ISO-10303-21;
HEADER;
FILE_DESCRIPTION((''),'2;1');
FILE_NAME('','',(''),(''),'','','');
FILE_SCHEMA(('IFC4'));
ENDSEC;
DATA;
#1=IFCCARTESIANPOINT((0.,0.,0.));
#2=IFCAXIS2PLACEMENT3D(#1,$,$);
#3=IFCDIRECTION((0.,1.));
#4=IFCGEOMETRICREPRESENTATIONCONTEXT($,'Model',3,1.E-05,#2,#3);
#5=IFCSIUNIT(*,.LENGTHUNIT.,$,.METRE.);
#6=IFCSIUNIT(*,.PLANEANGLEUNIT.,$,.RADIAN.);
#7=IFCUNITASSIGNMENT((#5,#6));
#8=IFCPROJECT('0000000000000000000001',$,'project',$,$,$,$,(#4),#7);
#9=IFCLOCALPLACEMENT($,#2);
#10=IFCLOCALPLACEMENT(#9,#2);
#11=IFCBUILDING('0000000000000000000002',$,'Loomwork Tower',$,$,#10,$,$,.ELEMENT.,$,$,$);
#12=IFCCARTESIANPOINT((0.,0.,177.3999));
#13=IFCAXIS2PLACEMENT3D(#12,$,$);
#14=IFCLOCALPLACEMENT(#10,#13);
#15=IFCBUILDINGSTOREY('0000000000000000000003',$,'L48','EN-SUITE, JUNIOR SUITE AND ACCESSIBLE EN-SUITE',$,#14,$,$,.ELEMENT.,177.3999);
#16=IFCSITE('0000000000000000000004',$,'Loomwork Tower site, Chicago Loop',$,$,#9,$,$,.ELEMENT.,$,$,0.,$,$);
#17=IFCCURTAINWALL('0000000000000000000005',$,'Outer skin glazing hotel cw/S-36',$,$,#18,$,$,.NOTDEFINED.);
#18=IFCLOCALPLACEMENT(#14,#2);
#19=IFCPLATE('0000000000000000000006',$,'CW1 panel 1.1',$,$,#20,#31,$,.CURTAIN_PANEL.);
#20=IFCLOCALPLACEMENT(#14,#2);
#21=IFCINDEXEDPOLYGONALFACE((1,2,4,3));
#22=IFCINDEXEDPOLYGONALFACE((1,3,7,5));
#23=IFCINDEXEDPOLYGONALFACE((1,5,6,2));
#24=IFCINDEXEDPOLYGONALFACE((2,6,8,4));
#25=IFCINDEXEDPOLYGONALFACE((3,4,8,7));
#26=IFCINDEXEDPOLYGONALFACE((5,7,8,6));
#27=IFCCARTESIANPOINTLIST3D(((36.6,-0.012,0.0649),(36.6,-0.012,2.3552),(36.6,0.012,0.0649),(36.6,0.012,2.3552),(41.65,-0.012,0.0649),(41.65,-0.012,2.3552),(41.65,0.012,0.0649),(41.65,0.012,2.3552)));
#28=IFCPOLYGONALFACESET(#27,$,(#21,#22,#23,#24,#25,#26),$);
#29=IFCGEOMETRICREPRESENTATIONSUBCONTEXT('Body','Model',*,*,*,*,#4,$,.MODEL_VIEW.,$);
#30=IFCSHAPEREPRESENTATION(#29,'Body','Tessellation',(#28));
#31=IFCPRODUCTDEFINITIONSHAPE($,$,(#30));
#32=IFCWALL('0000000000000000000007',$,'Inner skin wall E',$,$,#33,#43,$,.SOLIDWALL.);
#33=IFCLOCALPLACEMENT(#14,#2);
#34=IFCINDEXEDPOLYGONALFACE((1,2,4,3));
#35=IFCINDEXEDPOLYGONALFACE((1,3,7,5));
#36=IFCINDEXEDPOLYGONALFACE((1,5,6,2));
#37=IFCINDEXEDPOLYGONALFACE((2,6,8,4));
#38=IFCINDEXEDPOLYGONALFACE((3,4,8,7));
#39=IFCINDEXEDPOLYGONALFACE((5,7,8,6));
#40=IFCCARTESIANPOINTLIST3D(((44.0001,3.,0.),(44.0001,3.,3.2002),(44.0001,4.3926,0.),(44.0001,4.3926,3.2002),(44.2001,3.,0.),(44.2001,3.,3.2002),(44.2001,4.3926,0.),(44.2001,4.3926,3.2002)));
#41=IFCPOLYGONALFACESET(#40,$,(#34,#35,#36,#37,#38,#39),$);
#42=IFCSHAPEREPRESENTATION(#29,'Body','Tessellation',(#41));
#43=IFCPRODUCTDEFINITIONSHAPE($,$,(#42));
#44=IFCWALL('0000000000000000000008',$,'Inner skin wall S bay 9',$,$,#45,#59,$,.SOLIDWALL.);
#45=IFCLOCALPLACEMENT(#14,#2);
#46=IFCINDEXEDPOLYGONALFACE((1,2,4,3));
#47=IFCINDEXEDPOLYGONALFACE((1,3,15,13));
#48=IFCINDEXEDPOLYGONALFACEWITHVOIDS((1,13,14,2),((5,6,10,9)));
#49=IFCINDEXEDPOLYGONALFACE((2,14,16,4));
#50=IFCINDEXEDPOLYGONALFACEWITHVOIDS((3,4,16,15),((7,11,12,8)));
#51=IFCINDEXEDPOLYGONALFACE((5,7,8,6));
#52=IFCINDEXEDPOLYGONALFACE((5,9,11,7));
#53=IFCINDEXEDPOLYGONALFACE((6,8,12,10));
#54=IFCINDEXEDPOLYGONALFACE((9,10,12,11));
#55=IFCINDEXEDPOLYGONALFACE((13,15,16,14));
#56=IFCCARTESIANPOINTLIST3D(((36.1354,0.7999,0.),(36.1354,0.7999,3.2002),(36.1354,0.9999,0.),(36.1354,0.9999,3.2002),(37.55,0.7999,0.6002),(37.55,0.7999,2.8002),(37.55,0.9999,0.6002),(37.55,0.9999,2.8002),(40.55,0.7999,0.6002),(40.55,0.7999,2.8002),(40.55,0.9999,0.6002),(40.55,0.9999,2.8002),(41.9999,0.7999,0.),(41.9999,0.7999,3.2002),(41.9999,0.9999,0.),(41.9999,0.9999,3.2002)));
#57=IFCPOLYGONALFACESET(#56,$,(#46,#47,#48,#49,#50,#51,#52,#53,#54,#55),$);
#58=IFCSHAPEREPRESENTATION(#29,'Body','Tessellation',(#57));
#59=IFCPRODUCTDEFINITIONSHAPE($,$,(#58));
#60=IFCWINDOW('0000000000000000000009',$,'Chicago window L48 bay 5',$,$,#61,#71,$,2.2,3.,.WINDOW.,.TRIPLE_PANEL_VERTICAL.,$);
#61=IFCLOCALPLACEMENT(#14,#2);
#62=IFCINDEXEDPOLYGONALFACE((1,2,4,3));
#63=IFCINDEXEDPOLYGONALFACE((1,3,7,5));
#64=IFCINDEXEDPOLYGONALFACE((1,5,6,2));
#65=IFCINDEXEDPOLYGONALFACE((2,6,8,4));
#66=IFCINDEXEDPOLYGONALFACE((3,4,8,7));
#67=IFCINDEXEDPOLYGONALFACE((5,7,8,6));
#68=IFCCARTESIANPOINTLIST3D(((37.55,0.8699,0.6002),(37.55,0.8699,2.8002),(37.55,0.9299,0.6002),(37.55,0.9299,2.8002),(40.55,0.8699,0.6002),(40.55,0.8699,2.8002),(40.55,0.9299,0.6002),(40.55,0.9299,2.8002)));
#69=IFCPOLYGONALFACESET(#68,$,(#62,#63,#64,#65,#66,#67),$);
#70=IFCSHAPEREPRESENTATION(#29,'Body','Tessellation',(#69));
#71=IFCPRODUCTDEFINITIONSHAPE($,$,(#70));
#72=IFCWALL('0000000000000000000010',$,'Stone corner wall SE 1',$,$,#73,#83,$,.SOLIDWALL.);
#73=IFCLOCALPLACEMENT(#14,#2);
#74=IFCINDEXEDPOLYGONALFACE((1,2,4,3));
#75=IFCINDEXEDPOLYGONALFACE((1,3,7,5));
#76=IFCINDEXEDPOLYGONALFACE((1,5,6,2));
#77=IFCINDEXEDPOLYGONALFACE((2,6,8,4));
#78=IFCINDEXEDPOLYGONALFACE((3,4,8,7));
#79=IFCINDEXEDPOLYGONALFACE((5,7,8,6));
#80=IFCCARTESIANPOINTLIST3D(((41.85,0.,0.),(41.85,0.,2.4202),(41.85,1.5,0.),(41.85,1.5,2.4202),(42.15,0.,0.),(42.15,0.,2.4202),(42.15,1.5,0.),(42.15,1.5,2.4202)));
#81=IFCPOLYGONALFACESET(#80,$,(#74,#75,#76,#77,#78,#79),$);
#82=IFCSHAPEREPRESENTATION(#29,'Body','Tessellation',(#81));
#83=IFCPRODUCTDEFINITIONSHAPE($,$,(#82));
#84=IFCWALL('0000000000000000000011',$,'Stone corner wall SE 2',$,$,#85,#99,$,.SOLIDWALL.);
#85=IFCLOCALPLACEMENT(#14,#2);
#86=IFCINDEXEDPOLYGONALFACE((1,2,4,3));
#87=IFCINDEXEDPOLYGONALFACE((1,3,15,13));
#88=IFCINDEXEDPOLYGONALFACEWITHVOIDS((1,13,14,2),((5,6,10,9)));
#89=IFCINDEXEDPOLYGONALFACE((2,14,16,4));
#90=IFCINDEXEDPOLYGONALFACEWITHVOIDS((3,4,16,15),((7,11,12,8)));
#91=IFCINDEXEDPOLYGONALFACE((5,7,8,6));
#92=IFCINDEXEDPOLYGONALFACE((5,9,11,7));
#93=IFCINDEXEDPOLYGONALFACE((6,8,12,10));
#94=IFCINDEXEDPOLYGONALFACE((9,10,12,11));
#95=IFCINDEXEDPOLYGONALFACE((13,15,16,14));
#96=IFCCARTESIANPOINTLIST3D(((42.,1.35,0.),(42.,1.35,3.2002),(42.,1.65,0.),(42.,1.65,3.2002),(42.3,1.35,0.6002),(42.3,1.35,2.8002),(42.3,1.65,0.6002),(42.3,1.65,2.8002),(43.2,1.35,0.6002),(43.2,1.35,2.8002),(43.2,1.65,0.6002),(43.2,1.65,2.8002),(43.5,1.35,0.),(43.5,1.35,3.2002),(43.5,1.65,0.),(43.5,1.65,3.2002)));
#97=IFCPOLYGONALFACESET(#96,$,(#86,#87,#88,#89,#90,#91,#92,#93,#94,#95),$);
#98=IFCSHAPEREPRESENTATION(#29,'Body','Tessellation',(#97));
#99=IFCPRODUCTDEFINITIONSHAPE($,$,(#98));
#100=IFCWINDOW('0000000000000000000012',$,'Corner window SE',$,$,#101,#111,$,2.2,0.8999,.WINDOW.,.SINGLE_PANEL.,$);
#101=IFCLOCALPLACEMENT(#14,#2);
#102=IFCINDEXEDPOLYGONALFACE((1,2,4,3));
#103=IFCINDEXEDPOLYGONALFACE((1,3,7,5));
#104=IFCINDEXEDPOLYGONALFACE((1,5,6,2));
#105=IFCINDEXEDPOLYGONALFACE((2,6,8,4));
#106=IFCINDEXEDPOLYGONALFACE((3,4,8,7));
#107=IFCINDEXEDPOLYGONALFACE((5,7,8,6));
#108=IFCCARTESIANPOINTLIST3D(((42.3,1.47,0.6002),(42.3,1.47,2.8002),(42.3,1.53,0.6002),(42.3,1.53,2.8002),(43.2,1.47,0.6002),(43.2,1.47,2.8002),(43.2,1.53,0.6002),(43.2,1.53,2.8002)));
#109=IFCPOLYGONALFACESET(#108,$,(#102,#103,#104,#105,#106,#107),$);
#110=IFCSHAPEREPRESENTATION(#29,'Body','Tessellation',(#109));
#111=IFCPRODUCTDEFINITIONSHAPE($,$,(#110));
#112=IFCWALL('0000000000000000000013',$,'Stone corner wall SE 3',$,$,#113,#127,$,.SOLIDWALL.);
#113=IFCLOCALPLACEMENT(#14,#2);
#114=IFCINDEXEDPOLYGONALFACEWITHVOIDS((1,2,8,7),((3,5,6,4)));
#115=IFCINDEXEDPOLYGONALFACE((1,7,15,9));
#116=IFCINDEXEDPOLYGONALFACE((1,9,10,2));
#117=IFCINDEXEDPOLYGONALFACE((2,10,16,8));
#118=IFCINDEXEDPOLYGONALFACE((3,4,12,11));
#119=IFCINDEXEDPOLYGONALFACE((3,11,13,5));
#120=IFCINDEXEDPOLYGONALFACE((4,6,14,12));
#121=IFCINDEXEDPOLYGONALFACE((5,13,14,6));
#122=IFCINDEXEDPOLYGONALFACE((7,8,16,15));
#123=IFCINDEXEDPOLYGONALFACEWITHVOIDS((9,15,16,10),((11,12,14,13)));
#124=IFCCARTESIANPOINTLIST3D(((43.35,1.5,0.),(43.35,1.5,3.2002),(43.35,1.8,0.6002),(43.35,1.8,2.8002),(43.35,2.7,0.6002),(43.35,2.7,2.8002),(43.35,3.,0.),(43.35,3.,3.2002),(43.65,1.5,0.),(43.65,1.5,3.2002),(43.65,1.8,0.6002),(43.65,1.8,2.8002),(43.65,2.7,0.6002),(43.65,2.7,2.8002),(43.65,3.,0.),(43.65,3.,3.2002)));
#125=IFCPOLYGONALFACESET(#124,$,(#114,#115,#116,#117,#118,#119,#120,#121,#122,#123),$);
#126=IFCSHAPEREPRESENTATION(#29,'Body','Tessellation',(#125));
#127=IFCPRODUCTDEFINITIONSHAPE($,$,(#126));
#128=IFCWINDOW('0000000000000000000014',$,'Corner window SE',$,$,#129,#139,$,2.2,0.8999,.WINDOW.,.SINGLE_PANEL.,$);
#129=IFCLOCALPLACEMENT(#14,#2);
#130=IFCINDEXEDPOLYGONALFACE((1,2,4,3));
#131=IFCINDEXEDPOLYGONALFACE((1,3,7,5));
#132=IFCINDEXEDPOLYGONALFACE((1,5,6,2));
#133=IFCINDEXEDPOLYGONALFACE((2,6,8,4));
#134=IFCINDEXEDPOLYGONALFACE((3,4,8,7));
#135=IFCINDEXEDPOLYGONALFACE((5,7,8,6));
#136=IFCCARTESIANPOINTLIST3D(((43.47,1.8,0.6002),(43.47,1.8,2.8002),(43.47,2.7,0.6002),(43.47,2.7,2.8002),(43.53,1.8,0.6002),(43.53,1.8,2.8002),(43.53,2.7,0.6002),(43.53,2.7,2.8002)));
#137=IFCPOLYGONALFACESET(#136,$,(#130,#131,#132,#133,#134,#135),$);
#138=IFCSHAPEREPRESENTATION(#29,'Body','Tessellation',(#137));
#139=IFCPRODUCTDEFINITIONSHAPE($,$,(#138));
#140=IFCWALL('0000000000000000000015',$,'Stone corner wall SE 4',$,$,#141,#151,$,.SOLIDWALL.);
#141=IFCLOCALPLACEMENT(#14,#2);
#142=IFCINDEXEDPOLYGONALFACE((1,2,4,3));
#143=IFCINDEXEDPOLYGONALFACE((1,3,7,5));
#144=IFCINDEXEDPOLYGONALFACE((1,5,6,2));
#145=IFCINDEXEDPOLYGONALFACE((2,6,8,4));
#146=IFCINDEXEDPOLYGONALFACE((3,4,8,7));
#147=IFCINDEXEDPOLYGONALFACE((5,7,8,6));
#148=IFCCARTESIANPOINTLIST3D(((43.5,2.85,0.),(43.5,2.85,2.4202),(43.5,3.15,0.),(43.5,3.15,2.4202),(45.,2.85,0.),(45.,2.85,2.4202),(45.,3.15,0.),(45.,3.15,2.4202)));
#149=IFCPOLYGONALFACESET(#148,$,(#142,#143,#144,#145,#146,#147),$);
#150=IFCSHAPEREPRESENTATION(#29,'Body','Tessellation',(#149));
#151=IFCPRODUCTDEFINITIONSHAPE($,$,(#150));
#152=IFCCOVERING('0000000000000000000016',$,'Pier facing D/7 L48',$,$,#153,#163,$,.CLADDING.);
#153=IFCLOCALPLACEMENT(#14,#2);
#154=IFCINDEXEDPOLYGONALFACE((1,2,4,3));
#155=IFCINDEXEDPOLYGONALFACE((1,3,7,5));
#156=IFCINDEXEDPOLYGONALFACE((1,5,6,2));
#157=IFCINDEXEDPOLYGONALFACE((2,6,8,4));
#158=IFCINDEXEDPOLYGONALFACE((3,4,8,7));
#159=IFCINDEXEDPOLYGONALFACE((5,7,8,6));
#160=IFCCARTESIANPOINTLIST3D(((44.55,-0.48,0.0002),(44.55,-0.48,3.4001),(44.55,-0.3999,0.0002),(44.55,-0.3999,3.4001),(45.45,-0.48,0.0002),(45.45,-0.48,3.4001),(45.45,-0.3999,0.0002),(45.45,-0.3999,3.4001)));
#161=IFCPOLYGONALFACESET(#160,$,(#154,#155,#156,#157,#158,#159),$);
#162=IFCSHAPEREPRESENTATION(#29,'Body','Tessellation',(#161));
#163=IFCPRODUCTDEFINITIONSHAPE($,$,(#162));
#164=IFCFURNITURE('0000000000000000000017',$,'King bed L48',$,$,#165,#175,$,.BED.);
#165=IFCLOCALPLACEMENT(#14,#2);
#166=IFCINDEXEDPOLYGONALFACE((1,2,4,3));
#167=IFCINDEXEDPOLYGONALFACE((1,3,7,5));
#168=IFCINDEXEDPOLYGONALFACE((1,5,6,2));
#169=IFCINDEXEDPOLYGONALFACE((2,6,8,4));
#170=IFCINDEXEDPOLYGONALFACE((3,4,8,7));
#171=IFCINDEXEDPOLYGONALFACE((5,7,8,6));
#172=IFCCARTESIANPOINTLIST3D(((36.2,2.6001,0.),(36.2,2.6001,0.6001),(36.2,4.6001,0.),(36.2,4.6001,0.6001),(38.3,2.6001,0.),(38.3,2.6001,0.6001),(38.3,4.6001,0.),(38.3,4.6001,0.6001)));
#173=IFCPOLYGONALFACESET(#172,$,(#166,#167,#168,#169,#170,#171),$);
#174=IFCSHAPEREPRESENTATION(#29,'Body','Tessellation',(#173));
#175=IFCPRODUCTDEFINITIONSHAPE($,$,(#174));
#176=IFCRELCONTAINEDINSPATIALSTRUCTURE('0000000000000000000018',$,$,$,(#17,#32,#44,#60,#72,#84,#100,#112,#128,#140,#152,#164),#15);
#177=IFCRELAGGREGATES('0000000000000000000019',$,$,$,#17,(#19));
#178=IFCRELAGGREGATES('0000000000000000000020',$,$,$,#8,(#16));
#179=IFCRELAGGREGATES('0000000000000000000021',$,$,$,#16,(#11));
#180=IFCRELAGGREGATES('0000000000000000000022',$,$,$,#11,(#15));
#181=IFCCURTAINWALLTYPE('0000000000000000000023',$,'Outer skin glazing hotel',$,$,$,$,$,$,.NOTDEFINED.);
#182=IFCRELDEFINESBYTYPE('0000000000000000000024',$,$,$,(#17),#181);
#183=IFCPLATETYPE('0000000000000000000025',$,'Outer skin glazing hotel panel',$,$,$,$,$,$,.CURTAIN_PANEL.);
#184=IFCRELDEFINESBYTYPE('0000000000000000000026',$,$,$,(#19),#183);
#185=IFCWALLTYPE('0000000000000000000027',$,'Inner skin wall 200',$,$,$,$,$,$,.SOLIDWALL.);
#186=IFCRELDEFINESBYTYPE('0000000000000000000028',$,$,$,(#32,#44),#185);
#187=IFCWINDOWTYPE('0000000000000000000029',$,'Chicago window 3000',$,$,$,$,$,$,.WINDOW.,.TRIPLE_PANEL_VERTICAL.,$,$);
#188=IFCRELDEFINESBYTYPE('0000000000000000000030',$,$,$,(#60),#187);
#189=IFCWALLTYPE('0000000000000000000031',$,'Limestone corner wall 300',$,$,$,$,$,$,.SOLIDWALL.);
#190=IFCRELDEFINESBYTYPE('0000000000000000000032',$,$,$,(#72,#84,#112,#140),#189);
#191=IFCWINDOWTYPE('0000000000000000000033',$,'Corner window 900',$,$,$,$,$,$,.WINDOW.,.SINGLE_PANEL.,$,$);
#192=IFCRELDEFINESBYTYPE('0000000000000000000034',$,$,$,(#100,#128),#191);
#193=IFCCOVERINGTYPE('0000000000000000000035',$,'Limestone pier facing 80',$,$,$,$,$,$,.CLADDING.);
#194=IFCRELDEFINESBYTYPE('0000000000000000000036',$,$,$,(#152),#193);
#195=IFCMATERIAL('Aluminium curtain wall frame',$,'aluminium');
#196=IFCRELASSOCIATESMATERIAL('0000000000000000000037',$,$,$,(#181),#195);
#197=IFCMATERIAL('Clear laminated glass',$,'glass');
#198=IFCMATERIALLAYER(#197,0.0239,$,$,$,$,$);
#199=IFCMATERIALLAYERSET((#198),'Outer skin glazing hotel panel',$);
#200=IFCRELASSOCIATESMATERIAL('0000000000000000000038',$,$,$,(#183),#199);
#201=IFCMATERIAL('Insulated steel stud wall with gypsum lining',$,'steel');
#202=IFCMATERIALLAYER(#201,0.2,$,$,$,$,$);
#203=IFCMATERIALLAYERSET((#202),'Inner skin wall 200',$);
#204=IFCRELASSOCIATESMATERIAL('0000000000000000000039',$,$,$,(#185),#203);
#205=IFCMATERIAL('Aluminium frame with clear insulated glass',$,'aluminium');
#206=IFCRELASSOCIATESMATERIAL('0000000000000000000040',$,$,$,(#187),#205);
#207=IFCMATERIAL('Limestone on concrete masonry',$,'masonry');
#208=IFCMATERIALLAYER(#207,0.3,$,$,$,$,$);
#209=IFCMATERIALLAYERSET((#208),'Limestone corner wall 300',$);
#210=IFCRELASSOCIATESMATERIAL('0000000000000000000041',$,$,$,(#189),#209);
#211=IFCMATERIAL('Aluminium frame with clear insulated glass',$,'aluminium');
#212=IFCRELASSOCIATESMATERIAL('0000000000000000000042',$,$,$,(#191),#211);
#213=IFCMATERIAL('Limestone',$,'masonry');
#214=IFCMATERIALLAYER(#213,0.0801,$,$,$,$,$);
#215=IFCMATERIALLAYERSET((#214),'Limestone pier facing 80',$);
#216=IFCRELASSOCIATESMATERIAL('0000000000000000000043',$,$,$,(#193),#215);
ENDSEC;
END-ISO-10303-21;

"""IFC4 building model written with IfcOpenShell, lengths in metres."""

from ifc_helpers import new_model, si_unit, direction, frame, frame_2d, origin, origin_2d, place, context, subcontext, project, spatial, rectangle, extrude, material, layer, layer_set, type_object, element, fill, aggregate, save


model = new_model("IFC4")

# Units and contexts
model_context = context("Model", 3, precision=1e-05, world=origin(), true_north=direction((0.0, 1.0)))
body_context = subcontext(model_context, "Body", "Model", "MODEL_VIEW")
ifc_project = project(units=[si_unit("LENGTHUNIT", "METRE"), si_unit("PLANEANGLEUNIT", "RADIAN")], contexts=[model_context])

# Site, building, storey
site_placement = place(None, origin())
site = spatial("IfcSite", under=ifc_project, at=site_placement, Name="Loomwork Tower site, Chicago Loop", CompositionType="ELEMENT", RefElevation=0.0)
building_placement = place(site_placement, origin())
building = spatial("IfcBuilding", under=site, at=building_placement, Name="Loomwork Tower", CompositionType="ELEMENT")
storey_placement = place(building_placement, frame((0.0, 0.0, 177.3999)))
storey = spatial("IfcBuildingStorey", under=building, at=storey_placement, Name="L48", Description="EN-SUITE, JUNIOR SUITE AND ACCESSIBLE EN-SUITE", CompositionType="ELEMENT", Elevation=177.3999)

# Curtain wall
ifc_material_1 = material(Name="Aluminium curtain wall frame", Category="aluminium")
curtain_wall_type = type_object("IfcCurtainWallType", Name="Outer skin glazing hotel", PredefinedType="NOTDEFINED", material=ifc_material_1)
curtain_wall_1_placement = place(storey_placement, origin())
curtain_wall_1 = element("IfcCurtainWall", 1, at=curtain_wall_1_placement, inside=storey, type_object=curtain_wall_type, Name="Outer skin glazing hotel cw/S-36", PredefinedType="NOTDEFINED")

# Plate
ifc_material_2 = material(Name="Clear laminated glass", Category="glass")
ifc_layer_1 = layer(ifc_material_2, 0.0239)
ifc_layer_set_1 = layer_set([ifc_layer_1], Name="Outer skin glazing hotel panel")
plate_type = type_object("IfcPlateType", Name="Outer skin glazing hotel panel", PredefinedType="CURTAIN_PANEL", material=ifc_layer_set_1)
plate_placement = place(storey_placement, frame((39.125, 0.0, 0.0649), z_axis=(0.0, 0.0, 1.0), x_axis=(1.0, 0.0, 0.0)))
plate = element("IfcPlate", 2, at=plate_placement, type_object=plate_type, Name="CW1 panel 1.1", PredefinedType="CURTAIN_PANEL", context=body_context, shape_type="SweptSolid", body=[
    extrude(rectangle(XDim=5.05, YDim=0.0239, at=origin_2d()), origin(), (0.0, 0.0, 1.0), 2.2903),
])
aggregate(curtain_wall_1, [plate])

# Wall
ifc_material_3 = material(Name="Insulated steel stud wall with gypsum lining", Category="steel")
ifc_layer_2 = layer(ifc_material_3, 0.2)
ifc_layer_set_2 = layer_set([ifc_layer_2], Name="Inner skin wall 200")
wall_type_1 = type_object("IfcWallType", Name="Inner skin wall 200", PredefinedType="SOLIDWALL", material=ifc_layer_set_2)
wall_1_placement = place(storey_placement, frame((44.1001, 3.0, 0.0), z_axis=(0.0, 0.0, 1.0), x_axis=(0.0, 1.0, 0.0)))
element("IfcWall", 3, at=wall_1_placement, inside=storey, type_object=wall_type_1, Name="Inner skin wall E", PredefinedType="SOLIDWALL", context=body_context, shape_type="SweptSolid", body=[
    extrude(rectangle(XDim=1.3926, YDim=0.2, at=frame_2d((0.6963, 0.0))), origin(), (0.0, 0.0, 1.0), 3.2002),
])

# Wall, opening, window
wall_2_placement = place(storey_placement, frame((36.1355, 0.8999, 0.0), z_axis=(0.0, 0.0, 1.0), x_axis=(1.0, 0.0, 0.0)))
wall_2 = element("IfcWall", 4, at=wall_2_placement, inside=storey, type_object=wall_type_1, Name="Inner skin wall S bay 9", PredefinedType="SOLIDWALL", context=body_context, shape_type="SweptSolid", body=[
    extrude(rectangle(XDim=5.8645, YDim=0.2, at=frame_2d((2.9321, 0.0))), origin(), (0.0, 0.0, 1.0), 3.2002),
])
opening_1_placement = place(wall_2_placement, frame((1.4146, 0.0, 0.6001)))
opening_1 = element("IfcOpeningElement", 5, at=opening_1_placement, cuts=wall_2, PredefinedType="OPENING", context=body_context, shape_type="SweptSolid", body=[
    extrude(rectangle(XDim=3.0, YDim=2.2, at=frame_2d((1.5, 1.1001))), frame((0.0, 0.1099, 0.0), z_axis=(0.0, -1.0, 0.0), x_axis=(1.0, 0.0, 0.0)), (0.0, 0.0, 1.0), 0.22),
])
ifc_material_4 = material(Name="Aluminium frame with clear insulated glass", Category="aluminium")
window_type_1 = type_object("IfcWindowType", Name="Chicago window 3000", PartitioningType="TRIPLE_PANEL_VERTICAL", PredefinedType="WINDOW", material=ifc_material_4)
window_1_placement = place(opening_1_placement, origin())
window_1 = element("IfcWindow", 6, at=window_1_placement, inside=storey, type_object=window_type_1, Name="Chicago window L48 bay 5", OverallHeight=2.2, OverallWidth=3.0, PartitioningType="TRIPLE_PANEL_VERTICAL", PredefinedType="WINDOW", context=body_context, shape_type="SweptSolid", body=[
    extrude(rectangle(XDim=3.0, YDim=2.2, at=frame_2d((1.5, 1.1001))), frame((0.0, 0.03, 0.0), z_axis=(0.0, -1.0, 0.0), x_axis=(1.0, 0.0, 0.0)), (0.0, 0.0, 1.0), 0.0601),
])
fill(opening_1, window_1)

# Wall
ifc_material_5 = material(Name="Limestone on concrete masonry", Category="masonry")
ifc_layer_3 = layer(ifc_material_5, 0.3)
ifc_layer_set_3 = layer_set([ifc_layer_3], Name="Limestone corner wall 300")
wall_type_2 = type_object("IfcWallType", Name="Limestone corner wall 300", PredefinedType="SOLIDWALL", material=ifc_layer_set_3)
wall_3_placement = place(storey_placement, frame((42.0, 0.0, 0.0), z_axis=(0.0, 0.0, 1.0), x_axis=(0.0, 1.0, 0.0)))
element("IfcWall", 7, at=wall_3_placement, inside=storey, type_object=wall_type_2, Name="Stone corner wall SE 1", PredefinedType="SOLIDWALL", context=body_context, shape_type="SweptSolid", body=[
    extrude(rectangle(XDim=1.5, YDim=0.3, at=frame_2d((0.75, 0.0))), origin(), (0.0, 0.0, 1.0), 2.4202),
])

# Walls, openings, windows
wall_4_placement = place(storey_placement, frame((42.0, 1.5, 0.0), z_axis=(0.0, 0.0, 1.0), x_axis=(1.0, 0.0, 0.0)))
wall_4 = element("IfcWall", 8, at=wall_4_placement, inside=storey, type_object=wall_type_2, Name="Stone corner wall SE 2", PredefinedType="SOLIDWALL", context=body_context, shape_type="SweptSolid", body=[
    extrude(rectangle(XDim=1.5, YDim=0.3, at=frame_2d((0.75, 0.0))), origin(), (0.0, 0.0, 1.0), 3.2002),
])
opening_2_placement = place(wall_4_placement, frame((0.3, 0.0, 0.6001)))
opening_2 = element("IfcOpeningElement", 9, at=opening_2_placement, cuts=wall_4, PredefinedType="OPENING", context=body_context, shape_type="SweptSolid", body=[
    extrude(rectangle(XDim=0.8999, YDim=2.2, at=frame_2d((0.45, 1.1001))), frame((0.0, 0.1599, 0.0), z_axis=(0.0, -1.0, 0.0), x_axis=(1.0, 0.0, 0.0)), (0.0, 0.0, 1.0), 0.3201),
])
ifc_material_6 = material(Name="Aluminium frame with clear insulated glass", Category="aluminium")
window_type_2 = type_object("IfcWindowType", Name="Corner window 900", PartitioningType="SINGLE_PANEL", PredefinedType="WINDOW", material=ifc_material_6)
window_2_placement = place(opening_2_placement, origin())
window_2 = element("IfcWindow", 10, at=window_2_placement, inside=storey, type_object=window_type_2, Name="Corner window SE", OverallHeight=2.2, OverallWidth=0.8999, PartitioningType="SINGLE_PANEL", PredefinedType="WINDOW", context=body_context, shape_type="SweptSolid", body=[
    extrude(rectangle(XDim=0.8999, YDim=2.2, at=frame_2d((0.45, 1.1001))), frame((0.0, 0.03, 0.0), z_axis=(0.0, -1.0, 0.0), x_axis=(1.0, 0.0, 0.0)), (0.0, 0.0, 1.0), 0.0601),
])
fill(opening_2, window_2)
wall_5_placement = place(storey_placement, frame((43.5, 1.5, 0.0), z_axis=(0.0, 0.0, 1.0), x_axis=(0.0, 1.0, 0.0)))
wall_5 = element("IfcWall", 11, at=wall_5_placement, inside=storey, type_object=wall_type_2, Name="Stone corner wall SE 3", PredefinedType="SOLIDWALL", context=body_context, shape_type="SweptSolid", body=[
    extrude(rectangle(XDim=1.5, YDim=0.3, at=frame_2d((0.75, 0.0))), origin(), (0.0, 0.0, 1.0), 3.2002),
])
opening_3_placement = place(wall_5_placement, frame((0.3, 0.0, 0.6001)))
opening_3 = element("IfcOpeningElement", 12, at=opening_3_placement, cuts=wall_5, PredefinedType="OPENING", context=body_context, shape_type="SweptSolid", body=[
    extrude(rectangle(XDim=0.8999, YDim=2.2, at=frame_2d((0.45, 1.1001))), frame((0.0, 0.1599, 0.0), z_axis=(0.0, -1.0, 0.0), x_axis=(1.0, 0.0, 0.0)), (0.0, 0.0, 1.0), 0.3201),
])
window_3_placement = place(opening_3_placement, origin())
window_3 = element("IfcWindow", 13, at=window_3_placement, inside=storey, type_object=window_type_2, Name="Corner window SE", OverallHeight=2.2, OverallWidth=0.8999, PartitioningType="SINGLE_PANEL", PredefinedType="WINDOW", context=body_context, shape_type="SweptSolid", body=[
    extrude(rectangle(XDim=0.8999, YDim=2.2, at=frame_2d((0.45, 1.1001))), frame((0.0, 0.03, 0.0), z_axis=(0.0, -1.0, 0.0), x_axis=(1.0, 0.0, 0.0)), (0.0, 0.0, 1.0), 0.0601),
])
fill(opening_3, window_3)

# Wall
wall_6_placement = place(storey_placement, frame((43.5, 3.0, 0.0), z_axis=(0.0, 0.0, 1.0), x_axis=(1.0, 0.0, 0.0)))
element("IfcWall", 14, at=wall_6_placement, inside=storey, type_object=wall_type_2, Name="Stone corner wall SE 4", PredefinedType="SOLIDWALL", context=body_context, shape_type="SweptSolid", body=[
    extrude(rectangle(XDim=1.5, YDim=0.3, at=frame_2d((0.75, 0.0))), origin(), (0.0, 0.0, 1.0), 2.4202),
])

# Covering
ifc_material_7 = material(Name="Limestone", Category="masonry")
ifc_layer_4 = layer(ifc_material_7, 0.0801)
ifc_layer_set_4 = layer_set([ifc_layer_4], Name="Limestone pier facing 80")
covering_type = type_object("IfcCoveringType", Name="Limestone pier facing 80", PredefinedType="CLADDING", material=ifc_layer_set_4)
covering_placement = place(storey_placement, frame((45.0, -0.4399, 0.0002), z_axis=(0.0, 0.0, 1.0), x_axis=(1.0, 0.0, 0.0)))
element("IfcCovering", 15, at=covering_placement, inside=storey, type_object=covering_type, Name="Pier facing D/7 L48", PredefinedType="CLADDING", context=body_context, shape_type="SweptSolid", body=[
    extrude(rectangle(XDim=0.8999, YDim=0.0801, at=origin_2d()), origin(), (0.0, 0.0, 1.0), 3.3999),
])

# Furniture
furniture_1_placement = place(storey_placement, frame((37.25, 3.6001, 0.0), z_axis=(0.0, 0.0, 1.0), x_axis=(1.0, 0.0, 0.0)))
element("IfcFurniture", 16, at=furniture_1_placement, inside=storey, Name="King bed L48", PredefinedType="BED", context=body_context, shape_type="SweptSolid", body=[
    extrude(rectangle(XDim=2.1001, YDim=2.0, at=origin_2d()), origin(), (0.0, 0.0, 1.0), 0.6001),
])

save(model, "model.ifc")
